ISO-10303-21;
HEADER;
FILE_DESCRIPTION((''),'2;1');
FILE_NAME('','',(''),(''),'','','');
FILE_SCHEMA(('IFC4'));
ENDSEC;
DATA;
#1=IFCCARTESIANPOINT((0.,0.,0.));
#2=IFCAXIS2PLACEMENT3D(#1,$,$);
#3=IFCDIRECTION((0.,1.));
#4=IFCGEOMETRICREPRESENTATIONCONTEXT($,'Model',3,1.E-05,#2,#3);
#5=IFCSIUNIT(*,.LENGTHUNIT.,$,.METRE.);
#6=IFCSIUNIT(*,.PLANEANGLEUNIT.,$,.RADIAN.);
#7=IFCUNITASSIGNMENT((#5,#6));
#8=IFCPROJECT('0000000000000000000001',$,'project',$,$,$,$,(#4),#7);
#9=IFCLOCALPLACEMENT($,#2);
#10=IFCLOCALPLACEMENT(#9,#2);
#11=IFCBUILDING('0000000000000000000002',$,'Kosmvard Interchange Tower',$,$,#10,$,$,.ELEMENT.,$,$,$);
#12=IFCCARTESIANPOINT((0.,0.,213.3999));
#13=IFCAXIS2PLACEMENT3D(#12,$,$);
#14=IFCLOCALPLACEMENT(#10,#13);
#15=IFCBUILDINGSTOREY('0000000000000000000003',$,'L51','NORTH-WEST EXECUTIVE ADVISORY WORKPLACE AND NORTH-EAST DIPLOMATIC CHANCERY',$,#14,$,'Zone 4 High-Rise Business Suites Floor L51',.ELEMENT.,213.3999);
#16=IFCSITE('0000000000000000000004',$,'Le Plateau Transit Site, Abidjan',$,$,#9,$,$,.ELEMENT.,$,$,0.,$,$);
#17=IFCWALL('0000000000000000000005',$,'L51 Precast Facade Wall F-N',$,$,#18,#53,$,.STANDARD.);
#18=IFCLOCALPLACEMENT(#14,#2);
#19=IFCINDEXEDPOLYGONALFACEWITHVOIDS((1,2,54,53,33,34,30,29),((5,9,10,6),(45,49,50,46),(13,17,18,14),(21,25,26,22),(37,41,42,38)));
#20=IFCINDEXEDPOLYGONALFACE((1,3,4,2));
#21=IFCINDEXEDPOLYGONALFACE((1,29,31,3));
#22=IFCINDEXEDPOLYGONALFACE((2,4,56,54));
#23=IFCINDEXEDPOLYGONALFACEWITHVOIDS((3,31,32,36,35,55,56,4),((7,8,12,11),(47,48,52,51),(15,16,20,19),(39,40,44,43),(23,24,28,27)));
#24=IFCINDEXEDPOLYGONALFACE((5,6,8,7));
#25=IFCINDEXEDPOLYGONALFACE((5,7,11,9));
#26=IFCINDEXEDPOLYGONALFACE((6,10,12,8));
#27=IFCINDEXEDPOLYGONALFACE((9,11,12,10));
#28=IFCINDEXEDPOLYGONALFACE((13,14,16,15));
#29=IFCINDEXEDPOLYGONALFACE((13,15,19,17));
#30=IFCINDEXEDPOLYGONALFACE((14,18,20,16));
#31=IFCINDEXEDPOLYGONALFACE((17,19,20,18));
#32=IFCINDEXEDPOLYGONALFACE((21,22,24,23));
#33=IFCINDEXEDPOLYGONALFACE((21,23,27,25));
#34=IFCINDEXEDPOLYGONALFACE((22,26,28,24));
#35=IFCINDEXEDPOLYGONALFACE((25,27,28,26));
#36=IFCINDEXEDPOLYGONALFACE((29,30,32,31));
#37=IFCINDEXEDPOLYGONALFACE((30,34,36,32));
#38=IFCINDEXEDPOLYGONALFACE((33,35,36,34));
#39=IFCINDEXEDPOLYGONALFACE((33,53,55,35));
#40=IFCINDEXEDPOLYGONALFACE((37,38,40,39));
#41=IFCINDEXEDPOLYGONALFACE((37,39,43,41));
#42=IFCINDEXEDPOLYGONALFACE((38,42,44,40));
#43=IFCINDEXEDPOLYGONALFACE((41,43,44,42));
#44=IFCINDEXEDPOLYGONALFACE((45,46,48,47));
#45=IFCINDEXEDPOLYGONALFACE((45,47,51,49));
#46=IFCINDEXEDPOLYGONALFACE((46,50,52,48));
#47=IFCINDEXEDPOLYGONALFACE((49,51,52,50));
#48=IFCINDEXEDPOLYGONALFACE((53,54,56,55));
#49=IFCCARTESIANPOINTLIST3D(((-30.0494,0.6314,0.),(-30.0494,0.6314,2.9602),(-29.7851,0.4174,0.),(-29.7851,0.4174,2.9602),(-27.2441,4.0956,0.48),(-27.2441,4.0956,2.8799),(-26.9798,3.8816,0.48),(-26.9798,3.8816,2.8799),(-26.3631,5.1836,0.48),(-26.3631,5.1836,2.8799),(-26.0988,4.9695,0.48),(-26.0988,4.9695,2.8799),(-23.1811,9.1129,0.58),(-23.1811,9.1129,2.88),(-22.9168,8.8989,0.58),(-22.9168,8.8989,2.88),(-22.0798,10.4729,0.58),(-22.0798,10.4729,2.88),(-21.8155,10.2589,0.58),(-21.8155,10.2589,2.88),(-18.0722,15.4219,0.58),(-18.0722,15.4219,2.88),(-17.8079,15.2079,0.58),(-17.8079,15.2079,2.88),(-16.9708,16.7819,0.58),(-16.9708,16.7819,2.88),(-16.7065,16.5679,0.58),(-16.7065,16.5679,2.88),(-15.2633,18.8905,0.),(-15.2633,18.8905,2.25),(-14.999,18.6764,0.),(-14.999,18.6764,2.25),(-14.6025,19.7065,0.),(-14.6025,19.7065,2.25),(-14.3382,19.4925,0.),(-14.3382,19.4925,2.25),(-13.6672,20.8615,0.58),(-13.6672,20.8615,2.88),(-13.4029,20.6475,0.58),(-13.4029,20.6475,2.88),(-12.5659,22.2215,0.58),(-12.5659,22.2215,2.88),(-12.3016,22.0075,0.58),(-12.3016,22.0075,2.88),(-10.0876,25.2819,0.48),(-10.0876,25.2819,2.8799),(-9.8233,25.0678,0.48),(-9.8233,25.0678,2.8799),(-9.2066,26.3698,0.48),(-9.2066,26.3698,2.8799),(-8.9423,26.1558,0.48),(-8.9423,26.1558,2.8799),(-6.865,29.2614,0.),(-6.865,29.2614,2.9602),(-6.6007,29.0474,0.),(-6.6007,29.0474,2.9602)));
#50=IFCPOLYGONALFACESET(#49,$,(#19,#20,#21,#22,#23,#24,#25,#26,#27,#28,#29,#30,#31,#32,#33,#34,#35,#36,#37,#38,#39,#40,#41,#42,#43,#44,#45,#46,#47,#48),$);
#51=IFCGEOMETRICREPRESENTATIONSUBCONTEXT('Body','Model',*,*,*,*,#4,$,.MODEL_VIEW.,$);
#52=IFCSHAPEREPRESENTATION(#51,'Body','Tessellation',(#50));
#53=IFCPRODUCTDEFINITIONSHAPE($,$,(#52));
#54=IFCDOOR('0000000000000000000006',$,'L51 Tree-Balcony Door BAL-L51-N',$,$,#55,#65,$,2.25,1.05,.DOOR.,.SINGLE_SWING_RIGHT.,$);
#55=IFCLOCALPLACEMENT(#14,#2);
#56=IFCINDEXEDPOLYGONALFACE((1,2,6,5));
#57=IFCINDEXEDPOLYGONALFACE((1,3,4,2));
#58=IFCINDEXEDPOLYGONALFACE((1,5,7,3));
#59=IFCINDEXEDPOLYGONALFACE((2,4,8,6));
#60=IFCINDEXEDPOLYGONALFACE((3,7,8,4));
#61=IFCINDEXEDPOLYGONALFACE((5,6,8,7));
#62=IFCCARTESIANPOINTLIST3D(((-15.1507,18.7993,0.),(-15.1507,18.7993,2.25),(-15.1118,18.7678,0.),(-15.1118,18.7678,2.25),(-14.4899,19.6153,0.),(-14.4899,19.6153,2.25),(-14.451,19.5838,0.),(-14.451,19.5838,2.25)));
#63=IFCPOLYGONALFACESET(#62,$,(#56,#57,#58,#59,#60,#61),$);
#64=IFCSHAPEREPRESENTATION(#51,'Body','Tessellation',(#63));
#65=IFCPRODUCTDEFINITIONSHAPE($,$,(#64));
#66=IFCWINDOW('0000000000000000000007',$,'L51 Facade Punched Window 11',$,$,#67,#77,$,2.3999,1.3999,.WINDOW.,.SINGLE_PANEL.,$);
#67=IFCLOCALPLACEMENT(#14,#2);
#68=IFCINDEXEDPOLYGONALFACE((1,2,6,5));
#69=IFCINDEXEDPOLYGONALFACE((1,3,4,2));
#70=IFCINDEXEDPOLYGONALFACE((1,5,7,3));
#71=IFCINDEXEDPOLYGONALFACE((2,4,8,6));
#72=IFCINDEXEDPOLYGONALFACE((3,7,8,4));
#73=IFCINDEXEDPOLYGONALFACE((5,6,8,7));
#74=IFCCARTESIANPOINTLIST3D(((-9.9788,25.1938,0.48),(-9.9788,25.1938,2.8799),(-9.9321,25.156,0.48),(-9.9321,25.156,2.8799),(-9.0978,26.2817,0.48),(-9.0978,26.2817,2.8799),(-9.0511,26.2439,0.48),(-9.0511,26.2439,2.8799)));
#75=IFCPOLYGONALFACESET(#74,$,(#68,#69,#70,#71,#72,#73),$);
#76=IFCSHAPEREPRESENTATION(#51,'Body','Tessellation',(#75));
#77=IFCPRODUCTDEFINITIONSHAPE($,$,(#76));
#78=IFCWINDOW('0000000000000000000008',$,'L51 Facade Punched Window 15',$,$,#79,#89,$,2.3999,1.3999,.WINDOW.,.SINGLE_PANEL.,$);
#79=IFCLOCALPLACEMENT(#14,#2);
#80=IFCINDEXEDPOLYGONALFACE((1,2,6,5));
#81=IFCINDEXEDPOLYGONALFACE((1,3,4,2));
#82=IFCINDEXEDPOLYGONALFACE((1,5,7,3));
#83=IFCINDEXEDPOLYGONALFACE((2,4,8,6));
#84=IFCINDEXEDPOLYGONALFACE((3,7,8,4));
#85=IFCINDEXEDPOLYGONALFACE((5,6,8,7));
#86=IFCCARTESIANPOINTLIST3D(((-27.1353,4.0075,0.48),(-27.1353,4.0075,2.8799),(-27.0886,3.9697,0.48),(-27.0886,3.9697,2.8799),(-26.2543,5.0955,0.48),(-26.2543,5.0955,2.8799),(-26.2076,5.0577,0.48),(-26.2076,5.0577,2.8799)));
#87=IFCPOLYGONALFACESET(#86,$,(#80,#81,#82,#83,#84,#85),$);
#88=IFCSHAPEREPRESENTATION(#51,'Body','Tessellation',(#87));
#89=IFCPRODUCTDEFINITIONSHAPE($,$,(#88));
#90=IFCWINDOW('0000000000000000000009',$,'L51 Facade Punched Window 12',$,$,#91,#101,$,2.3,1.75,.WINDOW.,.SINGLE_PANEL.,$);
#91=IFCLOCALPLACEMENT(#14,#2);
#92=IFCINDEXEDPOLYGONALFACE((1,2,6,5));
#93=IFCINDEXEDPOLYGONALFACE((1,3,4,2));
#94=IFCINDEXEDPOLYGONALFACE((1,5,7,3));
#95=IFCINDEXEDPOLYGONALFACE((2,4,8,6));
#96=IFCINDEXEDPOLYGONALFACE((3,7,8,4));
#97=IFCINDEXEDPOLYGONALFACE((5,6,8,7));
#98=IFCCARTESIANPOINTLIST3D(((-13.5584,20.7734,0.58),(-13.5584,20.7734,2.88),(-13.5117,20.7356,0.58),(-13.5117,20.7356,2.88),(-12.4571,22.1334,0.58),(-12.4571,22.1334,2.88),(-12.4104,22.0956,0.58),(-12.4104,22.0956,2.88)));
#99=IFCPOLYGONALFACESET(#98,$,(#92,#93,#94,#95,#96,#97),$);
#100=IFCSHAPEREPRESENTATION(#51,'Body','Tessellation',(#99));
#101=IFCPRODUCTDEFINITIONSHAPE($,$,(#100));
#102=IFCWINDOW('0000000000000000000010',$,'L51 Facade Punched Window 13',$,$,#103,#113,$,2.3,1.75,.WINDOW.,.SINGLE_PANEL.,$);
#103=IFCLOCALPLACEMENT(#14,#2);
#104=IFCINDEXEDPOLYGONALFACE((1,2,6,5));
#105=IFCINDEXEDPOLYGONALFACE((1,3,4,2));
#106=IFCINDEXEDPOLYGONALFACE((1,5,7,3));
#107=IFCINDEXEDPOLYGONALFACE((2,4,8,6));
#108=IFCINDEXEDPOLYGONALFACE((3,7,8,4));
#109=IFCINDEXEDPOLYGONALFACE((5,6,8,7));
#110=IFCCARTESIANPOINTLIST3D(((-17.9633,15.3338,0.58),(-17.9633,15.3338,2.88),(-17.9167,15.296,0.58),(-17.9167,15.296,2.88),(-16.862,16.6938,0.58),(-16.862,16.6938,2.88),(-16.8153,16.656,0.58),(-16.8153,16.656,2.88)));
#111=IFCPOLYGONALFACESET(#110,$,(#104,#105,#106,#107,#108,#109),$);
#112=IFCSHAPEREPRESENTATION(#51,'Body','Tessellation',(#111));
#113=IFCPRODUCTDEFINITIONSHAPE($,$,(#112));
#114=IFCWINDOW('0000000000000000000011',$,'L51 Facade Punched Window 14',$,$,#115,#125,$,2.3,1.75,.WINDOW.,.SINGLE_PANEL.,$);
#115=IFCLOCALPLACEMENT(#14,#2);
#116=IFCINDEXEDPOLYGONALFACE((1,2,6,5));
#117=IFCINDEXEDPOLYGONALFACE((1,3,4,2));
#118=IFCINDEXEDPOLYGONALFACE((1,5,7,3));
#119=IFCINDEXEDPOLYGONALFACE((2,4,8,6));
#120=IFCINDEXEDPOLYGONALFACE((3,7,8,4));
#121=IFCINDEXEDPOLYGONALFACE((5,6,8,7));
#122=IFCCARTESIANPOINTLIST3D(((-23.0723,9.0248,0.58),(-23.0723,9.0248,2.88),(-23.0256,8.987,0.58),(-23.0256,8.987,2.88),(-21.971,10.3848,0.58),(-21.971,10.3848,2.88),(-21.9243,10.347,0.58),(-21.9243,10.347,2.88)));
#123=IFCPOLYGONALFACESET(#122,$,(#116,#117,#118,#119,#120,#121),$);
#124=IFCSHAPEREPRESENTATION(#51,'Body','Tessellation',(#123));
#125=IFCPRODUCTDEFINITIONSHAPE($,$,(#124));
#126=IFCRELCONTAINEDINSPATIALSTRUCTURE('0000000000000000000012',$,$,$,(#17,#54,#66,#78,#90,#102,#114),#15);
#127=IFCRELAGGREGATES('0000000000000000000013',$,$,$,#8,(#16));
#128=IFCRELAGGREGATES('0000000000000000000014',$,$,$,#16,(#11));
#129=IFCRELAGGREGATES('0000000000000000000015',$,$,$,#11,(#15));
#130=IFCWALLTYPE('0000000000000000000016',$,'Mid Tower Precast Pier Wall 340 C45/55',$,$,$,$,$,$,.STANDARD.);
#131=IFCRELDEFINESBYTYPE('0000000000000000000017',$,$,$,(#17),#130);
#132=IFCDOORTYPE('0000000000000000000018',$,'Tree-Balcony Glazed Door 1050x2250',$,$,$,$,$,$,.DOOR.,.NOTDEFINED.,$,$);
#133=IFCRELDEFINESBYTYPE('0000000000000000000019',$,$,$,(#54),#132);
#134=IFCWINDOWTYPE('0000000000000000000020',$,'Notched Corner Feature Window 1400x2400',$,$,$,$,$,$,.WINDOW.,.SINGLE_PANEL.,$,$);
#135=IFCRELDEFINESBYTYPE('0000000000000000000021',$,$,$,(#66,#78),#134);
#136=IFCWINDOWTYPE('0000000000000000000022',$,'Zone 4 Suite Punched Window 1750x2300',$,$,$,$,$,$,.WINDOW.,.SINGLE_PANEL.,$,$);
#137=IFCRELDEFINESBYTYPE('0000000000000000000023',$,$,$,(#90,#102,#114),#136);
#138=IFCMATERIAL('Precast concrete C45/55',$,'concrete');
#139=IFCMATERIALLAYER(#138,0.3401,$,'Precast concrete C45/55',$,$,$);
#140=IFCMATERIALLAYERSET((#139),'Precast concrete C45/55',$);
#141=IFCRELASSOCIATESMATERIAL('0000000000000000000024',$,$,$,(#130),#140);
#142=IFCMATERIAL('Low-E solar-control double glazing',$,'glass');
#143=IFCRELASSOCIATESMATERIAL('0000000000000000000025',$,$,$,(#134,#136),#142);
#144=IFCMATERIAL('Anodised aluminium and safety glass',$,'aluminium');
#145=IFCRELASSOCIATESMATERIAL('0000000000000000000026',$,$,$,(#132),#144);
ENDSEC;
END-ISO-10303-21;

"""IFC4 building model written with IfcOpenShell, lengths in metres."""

from ifc_helpers import new_model, si_unit, direction, frame, frame_2d, origin, place, context, subcontext, project, spatial, rectangle, extrude, source, transform, mapped, material, layer, layer_set, type_object, element, fill, save


model = new_model("IFC4")

# Units and contexts
model_context = context("Model", 3, precision=1e-05, world=origin(), true_north=direction((0.0, 1.0)))
body_context = subcontext(model_context, "Body", "Model", "MODEL_VIEW")
ifc_project = project(units=[si_unit("LENGTHUNIT", "METRE"), si_unit("PLANEANGLEUNIT", "RADIAN")], contexts=[model_context])

# Site, building, storey
site_placement = place(None, origin())
site = spatial("IfcSite", under=ifc_project, at=site_placement, Name="Le Plateau Transit Site, Abidjan", CompositionType="ELEMENT", RefElevation=0.0)
building_placement = place(site_placement, origin())
building = spatial("IfcBuilding", under=site, at=building_placement, Name="Kosmvard Interchange Tower", CompositionType="ELEMENT")
storey_placement = place(building_placement, frame((0.0, 0.0, 213.3999)))
storey = spatial("IfcBuildingStorey", under=building, at=storey_placement, Name="L51", Description="NORTH-WEST EXECUTIVE ADVISORY WORKPLACE AND NORTH-EAST DIPLOMATIC CHANCERY", LongName="Zone 4 High-Rise Business Suites Floor L51", CompositionType="ELEMENT", Elevation=213.3999)

# Shared definitions
ifc_material_1 = material(Name="Precast concrete C45/55", Category="concrete")
ifc_layer_1 = layer(ifc_material_1, 0.3401, Name="Precast concrete C45/55")
ifc_layer_set_1 = layer_set([ifc_layer_1], Name="Precast concrete C45/55")
wall_type = type_object("IfcWallType", Name="Mid Tower Precast Pier Wall 340 C45/55", PredefinedType="STANDARD", material=ifc_layer_set_1)
ifc_material_2 = material(Name="Low-E solar-control double glazing", Category="glass")
window_type_1 = type_object("IfcWindowType", Name="Notched Corner Feature Window 1400x2400", PartitioningType="SINGLE_PANEL", PredefinedType="WINDOW", material=ifc_material_2)
shared_shape_1 = source(origin(), body_context, "Body", "SweptSolid", [
    extrude(rectangle(XDim=1.3999, YDim=2.3999, at=frame_2d((0.7, 1.2))), frame((0.0, 0.03, 0.0), z_axis=(0.0, -1.0, 0.0), x_axis=(1.0, 0.0, 0.0)), (0.0, 0.0, 1.0), 0.0601),
])

# Wall, openings, door, windows
wall_1_placement = place(storey_placement, frame((-6.7329, 29.1543, 0.0), z_axis=(0.0, 0.0, 1.0), x_axis=(-0.629325, -0.777142, 0.0)))
wall_1 = element("IfcWall", 1, at=wall_1_placement, inside=storey, type_object=wall_type, Name="L51 Precast Facade Wall F-N", PredefinedType="STANDARD", context=body_context, shape_type="SweptSolid", body=[
    extrude(rectangle(XDim=36.8401, YDim=0.3401, at=frame_2d((18.4199, 0.0))), origin(), (0.0, 0.0, 1.0), 2.9602),
])
opening_1_placement = place(wall_1_placement, frame((12.2949, 0.0, 0.0)))
opening_1 = element("IfcOpeningElement", 2, at=opening_1_placement, cuts=wall_1, PredefinedType="OPENING", context=body_context, shape_type="SweptSolid", body=[
    extrude(rectangle(XDim=1.05, YDim=2.25, at=frame_2d((0.5249, 1.125))), frame((0.0, 0.1802, 0.0), z_axis=(0.0, -1.0, 0.0), x_axis=(1.0, 0.0, 0.0)), (0.0, 0.0, 1.0), 0.3601),
])
opening_2_placement = place(wall_1_placement, frame((3.7207, 0.0, 0.48)))
opening_2 = element("IfcOpeningElement", 3, at=opening_2_placement, cuts=wall_1, PredefinedType="OPENING", context=body_context, shape_type="SweptSolid", body=[
    extrude(rectangle(XDim=1.3999, YDim=2.3999, at=frame_2d((0.7, 1.2))), frame((0.0, 0.1802, 0.0), z_axis=(0.0, -1.0, 0.0), x_axis=(1.0, 0.0, 0.0)), (0.0, 0.0, 1.0), 0.3601),
])
opening_3_placement = place(wall_1_placement, frame((9.0586, 0.0, 0.5801)))
opening_3 = element("IfcOpeningElement", 4, at=opening_3_placement, cuts=wall_1, PredefinedType="OPENING", context=body_context, shape_type="SweptSolid", body=[
    extrude(rectangle(XDim=1.75, YDim=2.3, at=frame_2d((0.875, 1.1499))), frame((0.0, 0.1802, 0.0), z_axis=(0.0, -1.0, 0.0), x_axis=(1.0, 0.0, 0.0)), (0.0, 0.0, 1.0), 0.3601),
])
opening_4_placement = place(wall_1_placement, frame((16.0581, 0.0, 0.5801)))
opening_4 = element("IfcOpeningElement", 5, at=opening_4_placement, cuts=wall_1, PredefinedType="OPENING", context=body_context, shape_type="SweptSolid", body=[
    extrude(rectangle(XDim=1.75, YDim=2.3, at=frame_2d((0.875, 1.1499))), frame((0.0, 0.1802, 0.0), z_axis=(0.0, -1.0, 0.0), x_axis=(1.0, 0.0, 0.0)), (0.0, 0.0, 1.0), 0.3601),
])
opening_5_placement = place(wall_1_placement, frame((24.1763, 0.0, 0.5801)))
opening_5 = element("IfcOpeningElement", 6, at=opening_5_placement, cuts=wall_1, PredefinedType="OPENING", context=body_context, shape_type="SweptSolid", body=[
    extrude(rectangle(XDim=1.75, YDim=2.3, at=frame_2d((0.875, 1.1499))), frame((0.0, 0.1802, 0.0), z_axis=(0.0, -1.0, 0.0), x_axis=(1.0, 0.0, 0.0)), (0.0, 0.0, 1.0), 0.3601),
])
opening_6_placement = place(wall_1_placement, frame((30.9824, 0.0, 0.48)))
opening_6 = element("IfcOpeningElement", 7, at=opening_6_placement, cuts=wall_1, PredefinedType="OPENING", context=body_context, shape_type="SweptSolid", body=[
    extrude(rectangle(XDim=1.3999, YDim=2.3999, at=frame_2d((0.7, 1.2))), frame((0.0, 0.1802, 0.0), z_axis=(0.0, -1.0, 0.0), x_axis=(1.0, 0.0, 0.0)), (0.0, 0.0, 1.0), 0.3601),
])
ifc_material_3 = material(Name="Anodised aluminium and safety glass", Category="aluminium")
door_type = type_object("IfcDoorType", Name="Tree-Balcony Glazed Door 1050x2250", OperationType="NOTDEFINED", PredefinedType="DOOR", material=ifc_material_3)
shared_shape_2 = source(origin(), body_context, "Body", "SweptSolid", [
    extrude(rectangle(XDim=1.05, YDim=2.25, at=frame_2d((0.5249, 1.125))), frame((0.0, 0.0249, 0.0), z_axis=(0.0, -1.0, 0.0), x_axis=(1.0, 0.0, 0.0)), (0.0, 0.0, 1.0), 0.05),
])
door_placement = place(opening_1_placement, origin())
door = element("IfcDoor", 8, at=door_placement, inside=storey, type_object=door_type, Name="L51 Tree-Balcony Door BAL-L51-N", OperationType="SINGLE_SWING_RIGHT", OverallHeight=2.25, OverallWidth=1.05, PredefinedType="DOOR", context=body_context, shape_type="MappedRepresentation", body=[
    mapped(shared_shape_2, transform((0.0, 0.0, 0.0), scale=1.0)),
])
fill(opening_1, door)
window_1_placement = place(opening_2_placement, origin())
window_1 = element("IfcWindow", 9, at=window_1_placement, inside=storey, type_object=window_type_1, Name="L51 Facade Punched Window 11", OverallHeight=2.3999, OverallWidth=1.3999, PartitioningType="SINGLE_PANEL", PredefinedType="WINDOW", context=body_context, shape_type="MappedRepresentation", body=[
    mapped(shared_shape_1, transform((0.0, 0.0, 0.0), scale=1.0)),
])
fill(opening_2, window_1)
window_2_placement = place(opening_6_placement, origin())
window_2 = element("IfcWindow", 10, at=window_2_placement, inside=storey, type_object=window_type_1, Name="L51 Facade Punched Window 15", OverallHeight=2.3999, OverallWidth=1.3999, PartitioningType="SINGLE_PANEL", PredefinedType="WINDOW", context=body_context, shape_type="MappedRepresentation", body=[
    mapped(shared_shape_1, transform((0.0, 0.0, 0.0), scale=1.0)),
])
fill(opening_6, window_2)
window_type_2 = type_object("IfcWindowType", Name="Zone 4 Suite Punched Window 1750x2300", PartitioningType="SINGLE_PANEL", PredefinedType="WINDOW", material=ifc_material_2)
shared_shape_3 = source(origin(), body_context, "Body", "SweptSolid", [
    extrude(rectangle(XDim=1.75, YDim=2.3, at=frame_2d((0.875, 1.1499))), frame((0.0, 0.03, 0.0), z_axis=(0.0, -1.0, 0.0), x_axis=(1.0, 0.0, 0.0)), (0.0, 0.0, 1.0), 0.0601),
])
window_3_placement = place(opening_3_placement, origin())
window_3 = element("IfcWindow", 11, at=window_3_placement, inside=storey, type_object=window_type_2, Name="L51 Facade Punched Window 12", OverallHeight=2.3, OverallWidth=1.75, PartitioningType="SINGLE_PANEL", PredefinedType="WINDOW", context=body_context, shape_type="MappedRepresentation", body=[
    mapped(shared_shape_3, transform((0.0, 0.0, 0.0), scale=1.0)),
])
fill(opening_3, window_3)
window_4_placement = place(opening_4_placement, origin())
window_4 = element("IfcWindow", 12, at=window_4_placement, inside=storey, type_object=window_type_2, Name="L51 Facade Punched Window 13", OverallHeight=2.3, OverallWidth=1.75, PartitioningType="SINGLE_PANEL", PredefinedType="WINDOW", context=body_context, shape_type="MappedRepresentation", body=[
    mapped(shared_shape_3, transform((0.0, 0.0, 0.0), scale=1.0)),
])
fill(opening_4, window_4)
window_5_placement = place(opening_5_placement, origin())
window_5 = element("IfcWindow", 13, at=window_5_placement, inside=storey, type_object=window_type_2, Name="L51 Facade Punched Window 14", OverallHeight=2.3, OverallWidth=1.75, PartitioningType="SINGLE_PANEL", PredefinedType="WINDOW", context=body_context, shape_type="MappedRepresentation", body=[
    mapped(shared_shape_3, transform((0.0, 0.0, 0.0), scale=1.0)),
])
fill(opening_5, window_5)

save(model, "model.ifc")
